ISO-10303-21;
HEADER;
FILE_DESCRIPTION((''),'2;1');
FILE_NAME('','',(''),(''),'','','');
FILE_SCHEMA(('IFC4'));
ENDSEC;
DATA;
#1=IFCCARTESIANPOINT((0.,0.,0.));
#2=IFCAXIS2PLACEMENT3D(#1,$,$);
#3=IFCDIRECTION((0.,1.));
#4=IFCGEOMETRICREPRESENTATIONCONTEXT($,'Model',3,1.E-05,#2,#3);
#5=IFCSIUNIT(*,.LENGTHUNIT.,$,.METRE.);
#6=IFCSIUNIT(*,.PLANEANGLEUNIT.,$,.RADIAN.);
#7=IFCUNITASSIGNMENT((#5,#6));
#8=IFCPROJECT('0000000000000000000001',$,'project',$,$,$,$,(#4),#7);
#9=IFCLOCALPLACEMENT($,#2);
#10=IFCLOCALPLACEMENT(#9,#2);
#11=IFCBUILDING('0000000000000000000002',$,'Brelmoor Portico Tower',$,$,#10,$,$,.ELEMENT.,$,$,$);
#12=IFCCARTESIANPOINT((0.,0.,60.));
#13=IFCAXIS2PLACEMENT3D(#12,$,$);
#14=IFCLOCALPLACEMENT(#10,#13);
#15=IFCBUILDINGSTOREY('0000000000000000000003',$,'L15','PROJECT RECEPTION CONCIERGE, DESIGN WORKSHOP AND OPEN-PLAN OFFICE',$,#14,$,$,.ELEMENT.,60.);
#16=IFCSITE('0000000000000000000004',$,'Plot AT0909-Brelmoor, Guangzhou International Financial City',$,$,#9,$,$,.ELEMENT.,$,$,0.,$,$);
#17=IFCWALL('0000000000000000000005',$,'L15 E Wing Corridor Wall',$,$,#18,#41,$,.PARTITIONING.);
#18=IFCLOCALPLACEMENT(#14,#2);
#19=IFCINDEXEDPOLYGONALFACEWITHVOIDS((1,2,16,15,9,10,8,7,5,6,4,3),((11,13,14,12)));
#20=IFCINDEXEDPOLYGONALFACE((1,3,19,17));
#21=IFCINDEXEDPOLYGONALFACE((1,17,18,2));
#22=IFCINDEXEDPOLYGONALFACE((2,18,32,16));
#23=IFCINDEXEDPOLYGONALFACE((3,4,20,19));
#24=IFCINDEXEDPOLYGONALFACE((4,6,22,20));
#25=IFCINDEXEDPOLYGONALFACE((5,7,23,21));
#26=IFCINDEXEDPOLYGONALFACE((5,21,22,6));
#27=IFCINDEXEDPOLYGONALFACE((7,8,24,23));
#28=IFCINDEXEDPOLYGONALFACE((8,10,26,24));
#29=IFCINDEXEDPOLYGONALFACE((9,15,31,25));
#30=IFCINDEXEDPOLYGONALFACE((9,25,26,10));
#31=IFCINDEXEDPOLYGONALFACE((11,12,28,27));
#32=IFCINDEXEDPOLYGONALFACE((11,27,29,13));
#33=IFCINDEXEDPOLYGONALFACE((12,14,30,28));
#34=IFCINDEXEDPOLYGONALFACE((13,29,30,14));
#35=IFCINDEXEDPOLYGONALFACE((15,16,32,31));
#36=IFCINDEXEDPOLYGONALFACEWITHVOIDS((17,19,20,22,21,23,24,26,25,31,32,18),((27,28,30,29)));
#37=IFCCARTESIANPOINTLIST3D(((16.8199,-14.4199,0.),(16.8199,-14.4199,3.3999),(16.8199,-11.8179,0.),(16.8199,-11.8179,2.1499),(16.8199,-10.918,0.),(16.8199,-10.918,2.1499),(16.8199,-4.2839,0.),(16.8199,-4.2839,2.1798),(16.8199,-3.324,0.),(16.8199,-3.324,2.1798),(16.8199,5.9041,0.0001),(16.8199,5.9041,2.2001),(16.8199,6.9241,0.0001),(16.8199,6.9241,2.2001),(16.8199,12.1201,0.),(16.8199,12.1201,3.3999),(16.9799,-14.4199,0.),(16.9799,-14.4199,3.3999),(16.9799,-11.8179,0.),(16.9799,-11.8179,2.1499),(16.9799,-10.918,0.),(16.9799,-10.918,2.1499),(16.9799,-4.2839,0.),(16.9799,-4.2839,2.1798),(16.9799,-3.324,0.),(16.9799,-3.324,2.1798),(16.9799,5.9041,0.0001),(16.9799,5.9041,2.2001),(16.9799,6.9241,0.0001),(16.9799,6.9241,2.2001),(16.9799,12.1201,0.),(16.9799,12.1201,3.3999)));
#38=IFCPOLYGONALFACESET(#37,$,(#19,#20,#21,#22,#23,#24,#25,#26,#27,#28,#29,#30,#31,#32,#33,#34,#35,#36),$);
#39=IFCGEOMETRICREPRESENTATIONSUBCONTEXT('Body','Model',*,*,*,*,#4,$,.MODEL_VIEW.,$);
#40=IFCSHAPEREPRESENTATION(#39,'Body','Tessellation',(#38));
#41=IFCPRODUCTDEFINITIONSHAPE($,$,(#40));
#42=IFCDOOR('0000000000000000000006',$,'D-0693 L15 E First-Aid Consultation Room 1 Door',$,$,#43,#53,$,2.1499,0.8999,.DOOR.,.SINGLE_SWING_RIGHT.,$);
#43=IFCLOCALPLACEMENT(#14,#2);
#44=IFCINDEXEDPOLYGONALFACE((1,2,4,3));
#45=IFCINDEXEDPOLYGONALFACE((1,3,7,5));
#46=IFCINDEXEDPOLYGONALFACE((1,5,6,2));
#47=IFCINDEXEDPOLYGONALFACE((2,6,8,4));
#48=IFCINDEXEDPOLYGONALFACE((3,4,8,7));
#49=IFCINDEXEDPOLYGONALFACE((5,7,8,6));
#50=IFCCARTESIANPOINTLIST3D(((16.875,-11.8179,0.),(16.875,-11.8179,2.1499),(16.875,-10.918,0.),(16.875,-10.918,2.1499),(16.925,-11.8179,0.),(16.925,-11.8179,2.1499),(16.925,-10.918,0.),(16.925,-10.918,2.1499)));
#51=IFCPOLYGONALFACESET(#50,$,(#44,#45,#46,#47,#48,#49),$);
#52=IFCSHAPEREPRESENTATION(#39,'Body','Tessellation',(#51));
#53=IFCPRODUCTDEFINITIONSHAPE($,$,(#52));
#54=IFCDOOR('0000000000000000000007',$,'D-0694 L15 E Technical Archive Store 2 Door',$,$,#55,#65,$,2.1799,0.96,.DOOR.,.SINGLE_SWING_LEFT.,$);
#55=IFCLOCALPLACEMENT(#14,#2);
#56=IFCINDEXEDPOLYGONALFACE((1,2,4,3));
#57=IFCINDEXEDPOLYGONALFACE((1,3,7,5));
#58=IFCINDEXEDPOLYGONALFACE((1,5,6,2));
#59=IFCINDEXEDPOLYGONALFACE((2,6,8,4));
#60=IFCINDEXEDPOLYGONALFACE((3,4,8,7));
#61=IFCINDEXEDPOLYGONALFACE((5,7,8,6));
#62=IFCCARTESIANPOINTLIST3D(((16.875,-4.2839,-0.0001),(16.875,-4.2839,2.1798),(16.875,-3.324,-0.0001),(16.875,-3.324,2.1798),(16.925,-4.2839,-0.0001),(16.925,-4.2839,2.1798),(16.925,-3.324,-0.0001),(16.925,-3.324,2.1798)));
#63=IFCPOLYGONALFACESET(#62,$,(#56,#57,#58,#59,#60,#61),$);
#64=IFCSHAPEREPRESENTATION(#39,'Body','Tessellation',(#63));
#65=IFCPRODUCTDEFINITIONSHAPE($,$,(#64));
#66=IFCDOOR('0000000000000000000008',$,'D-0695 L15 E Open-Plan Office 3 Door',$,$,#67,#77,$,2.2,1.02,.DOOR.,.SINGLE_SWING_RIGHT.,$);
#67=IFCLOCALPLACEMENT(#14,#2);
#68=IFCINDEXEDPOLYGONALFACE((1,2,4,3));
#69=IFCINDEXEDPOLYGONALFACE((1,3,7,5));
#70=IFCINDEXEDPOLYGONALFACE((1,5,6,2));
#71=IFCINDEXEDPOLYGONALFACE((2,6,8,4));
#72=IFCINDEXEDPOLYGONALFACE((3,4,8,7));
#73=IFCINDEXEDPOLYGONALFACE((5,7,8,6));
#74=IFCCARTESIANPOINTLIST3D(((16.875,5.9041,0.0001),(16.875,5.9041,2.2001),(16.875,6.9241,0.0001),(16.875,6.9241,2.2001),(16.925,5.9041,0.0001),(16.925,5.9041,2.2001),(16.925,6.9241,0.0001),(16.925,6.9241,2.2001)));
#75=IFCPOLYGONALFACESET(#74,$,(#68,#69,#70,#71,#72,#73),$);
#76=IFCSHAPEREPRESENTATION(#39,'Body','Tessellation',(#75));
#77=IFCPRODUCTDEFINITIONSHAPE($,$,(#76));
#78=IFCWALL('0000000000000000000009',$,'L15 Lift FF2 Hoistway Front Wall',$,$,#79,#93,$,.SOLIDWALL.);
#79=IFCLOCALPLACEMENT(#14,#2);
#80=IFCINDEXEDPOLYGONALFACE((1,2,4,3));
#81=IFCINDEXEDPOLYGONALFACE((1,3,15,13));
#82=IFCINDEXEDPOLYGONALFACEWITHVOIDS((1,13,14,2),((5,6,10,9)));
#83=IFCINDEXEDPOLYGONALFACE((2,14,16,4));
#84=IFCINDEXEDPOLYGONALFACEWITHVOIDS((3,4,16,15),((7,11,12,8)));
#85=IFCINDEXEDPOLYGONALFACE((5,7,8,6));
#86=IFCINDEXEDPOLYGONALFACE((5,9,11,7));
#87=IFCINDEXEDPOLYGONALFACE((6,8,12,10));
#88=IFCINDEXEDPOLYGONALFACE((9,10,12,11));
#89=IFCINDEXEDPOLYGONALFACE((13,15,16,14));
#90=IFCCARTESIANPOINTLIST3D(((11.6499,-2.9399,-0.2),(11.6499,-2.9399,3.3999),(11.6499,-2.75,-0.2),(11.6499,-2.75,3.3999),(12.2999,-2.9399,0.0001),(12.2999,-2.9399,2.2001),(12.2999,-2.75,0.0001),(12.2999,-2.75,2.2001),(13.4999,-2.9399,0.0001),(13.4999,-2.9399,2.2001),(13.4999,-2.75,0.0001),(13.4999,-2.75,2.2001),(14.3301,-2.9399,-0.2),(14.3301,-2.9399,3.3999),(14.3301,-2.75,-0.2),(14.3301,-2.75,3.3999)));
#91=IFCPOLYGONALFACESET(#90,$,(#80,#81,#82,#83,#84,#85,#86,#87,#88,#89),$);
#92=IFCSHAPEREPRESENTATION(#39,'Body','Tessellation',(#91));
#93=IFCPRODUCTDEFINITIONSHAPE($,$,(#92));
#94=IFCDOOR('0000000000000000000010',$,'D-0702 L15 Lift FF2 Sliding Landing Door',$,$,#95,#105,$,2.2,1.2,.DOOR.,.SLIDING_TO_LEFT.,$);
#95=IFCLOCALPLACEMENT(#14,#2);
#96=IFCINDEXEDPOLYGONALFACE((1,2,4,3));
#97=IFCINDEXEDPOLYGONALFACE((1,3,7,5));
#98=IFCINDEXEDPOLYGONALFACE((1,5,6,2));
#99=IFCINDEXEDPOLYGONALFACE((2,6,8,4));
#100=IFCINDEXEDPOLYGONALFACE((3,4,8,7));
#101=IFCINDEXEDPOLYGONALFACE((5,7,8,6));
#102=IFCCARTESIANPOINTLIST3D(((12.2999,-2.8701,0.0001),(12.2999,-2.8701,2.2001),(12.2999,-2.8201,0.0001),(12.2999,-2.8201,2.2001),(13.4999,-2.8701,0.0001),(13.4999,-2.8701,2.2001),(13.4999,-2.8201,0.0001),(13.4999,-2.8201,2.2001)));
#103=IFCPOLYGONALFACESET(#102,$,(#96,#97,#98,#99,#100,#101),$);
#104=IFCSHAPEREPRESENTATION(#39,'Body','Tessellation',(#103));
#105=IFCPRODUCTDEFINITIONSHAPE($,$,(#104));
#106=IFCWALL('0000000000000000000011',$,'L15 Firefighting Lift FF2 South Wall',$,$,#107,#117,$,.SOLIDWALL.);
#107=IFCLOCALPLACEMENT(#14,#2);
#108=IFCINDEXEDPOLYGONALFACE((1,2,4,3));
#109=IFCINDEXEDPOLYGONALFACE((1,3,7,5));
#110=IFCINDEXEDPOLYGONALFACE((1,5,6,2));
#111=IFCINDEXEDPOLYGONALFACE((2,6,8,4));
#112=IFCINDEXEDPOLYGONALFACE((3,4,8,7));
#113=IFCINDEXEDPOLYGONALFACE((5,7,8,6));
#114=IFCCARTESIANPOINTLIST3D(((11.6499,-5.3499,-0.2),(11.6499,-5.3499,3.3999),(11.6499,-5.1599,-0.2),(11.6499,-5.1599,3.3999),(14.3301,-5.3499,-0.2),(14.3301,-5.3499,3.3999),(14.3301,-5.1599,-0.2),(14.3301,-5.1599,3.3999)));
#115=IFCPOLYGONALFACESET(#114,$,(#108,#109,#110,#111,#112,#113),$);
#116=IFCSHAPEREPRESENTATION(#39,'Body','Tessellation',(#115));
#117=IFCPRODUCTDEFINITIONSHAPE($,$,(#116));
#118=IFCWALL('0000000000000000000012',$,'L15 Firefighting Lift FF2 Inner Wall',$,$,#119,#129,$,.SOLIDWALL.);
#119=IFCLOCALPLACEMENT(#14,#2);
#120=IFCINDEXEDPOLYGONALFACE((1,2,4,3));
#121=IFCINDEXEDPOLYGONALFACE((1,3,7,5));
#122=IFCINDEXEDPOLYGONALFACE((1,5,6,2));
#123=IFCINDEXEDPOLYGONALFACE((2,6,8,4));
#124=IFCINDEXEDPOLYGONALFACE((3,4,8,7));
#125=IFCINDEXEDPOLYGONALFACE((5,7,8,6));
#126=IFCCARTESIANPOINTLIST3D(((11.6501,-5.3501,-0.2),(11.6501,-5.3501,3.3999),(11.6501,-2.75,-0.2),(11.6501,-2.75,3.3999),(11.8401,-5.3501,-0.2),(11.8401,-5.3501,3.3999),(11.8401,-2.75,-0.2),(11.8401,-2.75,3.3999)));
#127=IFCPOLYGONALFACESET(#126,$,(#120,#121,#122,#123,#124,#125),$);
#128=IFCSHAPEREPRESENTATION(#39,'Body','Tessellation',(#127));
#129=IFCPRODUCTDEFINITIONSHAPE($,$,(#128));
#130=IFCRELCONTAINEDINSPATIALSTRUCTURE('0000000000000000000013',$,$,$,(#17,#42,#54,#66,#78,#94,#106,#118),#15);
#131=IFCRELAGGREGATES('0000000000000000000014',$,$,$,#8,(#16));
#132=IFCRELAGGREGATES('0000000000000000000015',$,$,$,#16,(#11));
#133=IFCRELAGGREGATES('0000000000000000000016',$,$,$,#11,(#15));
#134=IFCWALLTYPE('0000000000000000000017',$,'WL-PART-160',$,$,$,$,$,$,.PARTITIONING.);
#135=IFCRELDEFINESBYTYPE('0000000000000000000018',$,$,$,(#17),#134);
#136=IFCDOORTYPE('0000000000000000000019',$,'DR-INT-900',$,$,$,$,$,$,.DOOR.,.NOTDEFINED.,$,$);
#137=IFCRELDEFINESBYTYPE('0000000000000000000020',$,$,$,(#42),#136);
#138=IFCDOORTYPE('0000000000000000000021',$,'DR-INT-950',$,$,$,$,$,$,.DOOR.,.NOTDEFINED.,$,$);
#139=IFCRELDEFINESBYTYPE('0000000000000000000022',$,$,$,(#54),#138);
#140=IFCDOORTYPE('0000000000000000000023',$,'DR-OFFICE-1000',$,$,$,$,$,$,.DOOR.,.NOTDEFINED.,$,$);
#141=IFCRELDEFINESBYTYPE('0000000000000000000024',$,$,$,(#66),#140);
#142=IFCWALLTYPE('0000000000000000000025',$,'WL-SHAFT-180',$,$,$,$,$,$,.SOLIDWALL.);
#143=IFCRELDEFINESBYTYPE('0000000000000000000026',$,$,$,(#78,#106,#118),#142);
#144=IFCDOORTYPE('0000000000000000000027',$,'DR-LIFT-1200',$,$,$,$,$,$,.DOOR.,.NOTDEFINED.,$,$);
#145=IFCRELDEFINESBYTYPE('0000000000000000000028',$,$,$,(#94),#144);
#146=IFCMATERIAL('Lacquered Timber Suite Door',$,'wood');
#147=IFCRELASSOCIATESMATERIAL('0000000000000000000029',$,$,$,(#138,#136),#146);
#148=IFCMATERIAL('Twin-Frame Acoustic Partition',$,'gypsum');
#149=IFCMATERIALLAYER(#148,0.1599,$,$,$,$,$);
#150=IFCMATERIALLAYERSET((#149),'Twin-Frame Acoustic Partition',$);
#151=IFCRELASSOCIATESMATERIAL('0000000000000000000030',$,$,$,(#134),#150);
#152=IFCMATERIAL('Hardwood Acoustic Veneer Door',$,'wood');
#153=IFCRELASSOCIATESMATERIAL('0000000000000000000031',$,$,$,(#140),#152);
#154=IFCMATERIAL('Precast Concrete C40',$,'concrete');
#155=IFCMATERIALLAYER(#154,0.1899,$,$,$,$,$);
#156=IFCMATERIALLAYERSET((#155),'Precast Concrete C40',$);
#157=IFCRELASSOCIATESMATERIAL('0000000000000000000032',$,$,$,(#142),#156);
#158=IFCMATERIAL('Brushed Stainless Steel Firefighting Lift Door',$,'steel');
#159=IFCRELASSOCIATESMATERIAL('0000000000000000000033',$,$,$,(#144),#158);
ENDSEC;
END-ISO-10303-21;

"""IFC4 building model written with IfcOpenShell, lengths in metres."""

from ifc_helpers import new_model, si_unit, direction, frame, frame_2d, origin, place, context, subcontext, project, spatial, rectangle, extrude, material, layer, layer_set, type_object, element, fill, save


model = new_model("IFC4")

# Units and contexts
model_context = context("Model", 3, precision=1e-05, world=origin(), true_north=direction((0.0, 1.0)))
body_context = subcontext(model_context, "Body", "Model", "MODEL_VIEW")
ifc_project = project(units=[si_unit("LENGTHUNIT", "METRE"), si_unit("PLANEANGLEUNIT", "RADIAN")], contexts=[model_context])

# Site, building, storey
site_placement = place(None, origin())
site = spatial("IfcSite", under=ifc_project, at=site_placement, Name="Plot AT0909-Brelmoor, Guangzhou International Financial City", CompositionType="ELEMENT", RefElevation=0.0)
building_placement = place(site_placement, origin())
building = spatial("IfcBuilding", under=site, at=building_placement, Name="Brelmoor Portico Tower", CompositionType="ELEMENT")
storey_placement = place(building_placement, frame((0.0, 0.0, 60.0)))
storey = spatial("IfcBuildingStorey", under=building, at=storey_placement, Name="L15", Description="PROJECT RECEPTION CONCIERGE, DESIGN WORKSHOP AND OPEN-PLAN OFFICE", CompositionType="ELEMENT", Elevation=60.0)

# Shared definitions
ifc_material_1 = material(Name="Lacquered Timber Suite Door", Category="wood")
door_type_1 = type_object("IfcDoorType", Name="DR-INT-950", OperationType="NOTDEFINED", PredefinedType="DOOR", material=ifc_material_1)
ifc_material_2 = material(Name="Twin-Frame Acoustic Partition", Category="gypsum")
ifc_layer_1 = layer(ifc_material_2, 0.1599)
ifc_layer_set_1 = layer_set([ifc_layer_1], Name="Twin-Frame Acoustic Partition")
wall_type_1 = type_object("IfcWallType", Name="WL-PART-160", PredefinedType="PARTITIONING", material=ifc_layer_set_1)
door_type_2 = type_object("IfcDoorType", Name="DR-INT-900", OperationType="NOTDEFINED", PredefinedType="DOOR", material=ifc_material_1)

# Wall, openings, doors
wall_1_placement = place(storey_placement, frame((16.8999, -14.4199, 0.0), z_axis=(0.0, 0.0, 1.0), x_axis=(0.0, 1.0, 0.0)))
wall_1 = element("IfcWall", 1, at=wall_1_placement, inside=storey, type_object=wall_type_1, Name="L15 E Wing Corridor Wall", PredefinedType="PARTITIONING", context=body_context, shape_type="SweptSolid", body=[
    extrude(rectangle(XDim=26.54, YDim=0.1599, at=frame_2d((13.27, 0.0))), origin(), (0.0, 0.0, 1.0), 3.3999),
])
opening_1_placement = place(wall_1_placement, frame((2.6021, 0.0, 0.0)))
opening_1 = element("IfcOpeningElement", 2, at=opening_1_placement, cuts=wall_1, PredefinedType="OPENING", context=body_context, shape_type="SweptSolid", body=[
    extrude(rectangle(XDim=0.8999, YDim=2.1499, at=frame_2d((0.45, 1.075))), frame((0.0, 0.0898, 0.0), z_axis=(0.0, -1.0, 0.0), x_axis=(1.0, 0.0, 0.0)), (0.0, 0.0, 1.0), 0.1799),
])
opening_2_placement = place(wall_1_placement, frame((10.136, 0.0, 0.0)))
opening_2 = element("IfcOpeningElement", 3, at=opening_2_placement, cuts=wall_1, PredefinedType="OPENING", context=body_context, shape_type="SweptSolid", body=[
    extrude(rectangle(XDim=0.96, YDim=2.1799, at=frame_2d((0.48, 1.0898))), frame((0.0, 0.0898, 0.0), z_axis=(0.0, -1.0, 0.0), x_axis=(1.0, 0.0, 0.0)), (0.0, 0.0, 1.0), 0.1799),
])
opening_3_placement = place(wall_1_placement, frame((20.324, 0.0, 0.0)))
opening_3 = element("IfcOpeningElement", 4, at=opening_3_placement, cuts=wall_1, PredefinedType="OPENING", context=body_context, shape_type="SweptSolid", body=[
    extrude(rectangle(XDim=1.02, YDim=2.2, at=frame_2d((0.51, 1.1001))), frame((0.0, 0.0898, 0.0), z_axis=(0.0, -1.0, 0.0), x_axis=(1.0, 0.0, 0.0)), (0.0, 0.0, 1.0), 0.1799),
])
door_1_placement = place(opening_1_placement, origin())
door_1 = element("IfcDoor", 5, at=door_1_placement, inside=storey, type_object=door_type_2, Name="D-0693 L15 E First-Aid Consultation Room 1 Door", OperationType="SINGLE_SWING_RIGHT", OverallHeight=2.1499, OverallWidth=0.8999, PredefinedType="DOOR", context=body_context, shape_type="SweptSolid", body=[
    extrude(rectangle(XDim=0.8999, YDim=2.1499, at=frame_2d((0.45, 1.075))), frame((0.0, 0.0249, 0.0), z_axis=(0.0, -1.0, 0.0), x_axis=(1.0, 0.0, 0.0)), (0.0, 0.0, 1.0), 0.05),
])
fill(opening_1, door_1)
door_2_placement = place(opening_2_placement, origin())
door_2 = element("IfcDoor", 6, at=door_2_placement, inside=storey, type_object=door_type_1, Name="D-0694 L15 E Technical Archive Store 2 Door", OperationType="SINGLE_SWING_LEFT", OverallHeight=2.1799, OverallWidth=0.96, PredefinedType="DOOR", context=body_context, shape_type="SweptSolid", body=[
    extrude(rectangle(XDim=0.96, YDim=2.1799, at=frame_2d((0.48, 1.0898))), frame((0.0, 0.0249, 0.0), z_axis=(0.0, -1.0, 0.0), x_axis=(1.0, 0.0, 0.0)), (0.0, 0.0, 1.0), 0.05),
])
fill(opening_2, door_2)
ifc_material_3 = material(Name="Hardwood Acoustic Veneer Door", Category="wood")
door_type_3 = type_object("IfcDoorType", Name="DR-OFFICE-1000", OperationType="NOTDEFINED", PredefinedType="DOOR", material=ifc_material_3)
door_3_placement = place(opening_3_placement, origin())
door_3 = element("IfcDoor", 7, at=door_3_placement, inside=storey, type_object=door_type_3, Name="D-0695 L15 E Open-Plan Office 3 Door", OperationType="SINGLE_SWING_RIGHT", OverallHeight=2.2, OverallWidth=1.02, PredefinedType="DOOR", context=body_context, shape_type="SweptSolid", body=[
    extrude(rectangle(XDim=1.02, YDim=2.2, at=frame_2d((0.51, 1.1001))), frame((0.0, 0.0249, 0.0), z_axis=(0.0, -1.0, 0.0), x_axis=(1.0, 0.0, 0.0)), (0.0, 0.0, 1.0), 0.05),
])
fill(opening_3, door_3)

# Wall, opening, door
ifc_material_4 = material(Name="Precast Concrete C40", Category="concrete")
ifc_layer_2 = layer(ifc_material_4, 0.1899)
ifc_layer_set_2 = layer_set([ifc_layer_2], Name="Precast Concrete C40")
wall_type_2 = type_object("IfcWallType", Name="WL-SHAFT-180", PredefinedType="SOLIDWALL", material=ifc_layer_set_2)
wall_2_placement = place(storey_placement, frame((11.6499, -2.845, -0.2), z_axis=(0.0, 0.0, 1.0), x_axis=(1.0, 0.0, 0.0)))
wall_2 = element("IfcWall", 8, at=wall_2_placement, inside=storey, type_object=wall_type_2, Name="L15 Lift FF2 Hoistway Front Wall", PredefinedType="SOLIDWALL", context=body_context, shape_type="SweptSolid", body=[
    extrude(rectangle(XDim=2.6802, YDim=0.1899, at=frame_2d((1.3401, 0.0))), origin(), (0.0, 0.0, 1.0), 3.5999),
])
opening_4_placement = place(wall_2_placement, frame((0.6499, 0.0, 0.2)))
opening_4 = element("IfcOpeningElement", 9, at=opening_4_placement, cuts=wall_2, PredefinedType="OPENING", context=body_context, shape_type="SweptSolid", body=[
    extrude(rectangle(XDim=1.2, YDim=2.2, at=frame_2d((0.6001, 1.1001))), frame((0.0, 0.105, 0.0), z_axis=(0.0, -1.0, 0.0), x_axis=(1.0, 0.0, 0.0)), (0.0, 0.0, 1.0), 0.21),
])
ifc_material_5 = material(Name="Brushed Stainless Steel Firefighting Lift Door", Category="steel")
door_type_4 = type_object("IfcDoorType", Name="DR-LIFT-1200", OperationType="NOTDEFINED", PredefinedType="DOOR", material=ifc_material_5)
door_4_placement = place(opening_4_placement, origin())
door_4 = element("IfcDoor", 10, at=door_4_placement, inside=storey, type_object=door_type_4, Name="D-0702 L15 Lift FF2 Sliding Landing Door", OperationType="SLIDING_TO_LEFT", OverallHeight=2.2, OverallWidth=1.2, PredefinedType="DOOR", context=body_context, shape_type="SweptSolid", body=[
    extrude(rectangle(XDim=1.2, YDim=2.2, at=frame_2d((0.6001, 1.1001))), frame((0.0, 0.0249, 0.0), z_axis=(0.0, -1.0, 0.0), x_axis=(1.0, 0.0, 0.0)), (0.0, 0.0, 1.0), 0.05),
])
fill(opening_4, door_4)

# Walls
wall_3_placement = place(storey_placement, frame((11.6499, -5.2549, -0.2), z_axis=(0.0, 0.0, 1.0), x_axis=(1.0, 0.0, 0.0)))
element("IfcWall", 11, at=wall_3_placement, inside=storey, type_object=wall_type_2, Name="L15 Firefighting Lift FF2 South Wall", PredefinedType="SOLIDWALL", context=body_context, shape_type="SweptSolid", body=[
    extrude(rectangle(XDim=2.6802, YDim=0.1899, at=frame_2d((1.3401, 0.0))), origin(), (0.0, 0.0, 1.0), 3.5999),
])
wall_4_placement = place(storey_placement, frame((11.7451, -5.3501, -0.2), z_axis=(0.0, 0.0, 1.0), x_axis=(0.0, 1.0, 0.0)))
element("IfcWall", 12, at=wall_4_placement, inside=storey, type_object=wall_type_2, Name="L15 Firefighting Lift FF2 Inner Wall", PredefinedType="SOLIDWALL", context=body_context, shape_type="SweptSolid", body=[
    extrude(rectangle(XDim=2.6001, YDim=0.1899, at=frame_2d((1.3, 0.0))), origin(), (0.0, 0.0, 1.0), 3.5999),
])

save(model, "model.ifc")
